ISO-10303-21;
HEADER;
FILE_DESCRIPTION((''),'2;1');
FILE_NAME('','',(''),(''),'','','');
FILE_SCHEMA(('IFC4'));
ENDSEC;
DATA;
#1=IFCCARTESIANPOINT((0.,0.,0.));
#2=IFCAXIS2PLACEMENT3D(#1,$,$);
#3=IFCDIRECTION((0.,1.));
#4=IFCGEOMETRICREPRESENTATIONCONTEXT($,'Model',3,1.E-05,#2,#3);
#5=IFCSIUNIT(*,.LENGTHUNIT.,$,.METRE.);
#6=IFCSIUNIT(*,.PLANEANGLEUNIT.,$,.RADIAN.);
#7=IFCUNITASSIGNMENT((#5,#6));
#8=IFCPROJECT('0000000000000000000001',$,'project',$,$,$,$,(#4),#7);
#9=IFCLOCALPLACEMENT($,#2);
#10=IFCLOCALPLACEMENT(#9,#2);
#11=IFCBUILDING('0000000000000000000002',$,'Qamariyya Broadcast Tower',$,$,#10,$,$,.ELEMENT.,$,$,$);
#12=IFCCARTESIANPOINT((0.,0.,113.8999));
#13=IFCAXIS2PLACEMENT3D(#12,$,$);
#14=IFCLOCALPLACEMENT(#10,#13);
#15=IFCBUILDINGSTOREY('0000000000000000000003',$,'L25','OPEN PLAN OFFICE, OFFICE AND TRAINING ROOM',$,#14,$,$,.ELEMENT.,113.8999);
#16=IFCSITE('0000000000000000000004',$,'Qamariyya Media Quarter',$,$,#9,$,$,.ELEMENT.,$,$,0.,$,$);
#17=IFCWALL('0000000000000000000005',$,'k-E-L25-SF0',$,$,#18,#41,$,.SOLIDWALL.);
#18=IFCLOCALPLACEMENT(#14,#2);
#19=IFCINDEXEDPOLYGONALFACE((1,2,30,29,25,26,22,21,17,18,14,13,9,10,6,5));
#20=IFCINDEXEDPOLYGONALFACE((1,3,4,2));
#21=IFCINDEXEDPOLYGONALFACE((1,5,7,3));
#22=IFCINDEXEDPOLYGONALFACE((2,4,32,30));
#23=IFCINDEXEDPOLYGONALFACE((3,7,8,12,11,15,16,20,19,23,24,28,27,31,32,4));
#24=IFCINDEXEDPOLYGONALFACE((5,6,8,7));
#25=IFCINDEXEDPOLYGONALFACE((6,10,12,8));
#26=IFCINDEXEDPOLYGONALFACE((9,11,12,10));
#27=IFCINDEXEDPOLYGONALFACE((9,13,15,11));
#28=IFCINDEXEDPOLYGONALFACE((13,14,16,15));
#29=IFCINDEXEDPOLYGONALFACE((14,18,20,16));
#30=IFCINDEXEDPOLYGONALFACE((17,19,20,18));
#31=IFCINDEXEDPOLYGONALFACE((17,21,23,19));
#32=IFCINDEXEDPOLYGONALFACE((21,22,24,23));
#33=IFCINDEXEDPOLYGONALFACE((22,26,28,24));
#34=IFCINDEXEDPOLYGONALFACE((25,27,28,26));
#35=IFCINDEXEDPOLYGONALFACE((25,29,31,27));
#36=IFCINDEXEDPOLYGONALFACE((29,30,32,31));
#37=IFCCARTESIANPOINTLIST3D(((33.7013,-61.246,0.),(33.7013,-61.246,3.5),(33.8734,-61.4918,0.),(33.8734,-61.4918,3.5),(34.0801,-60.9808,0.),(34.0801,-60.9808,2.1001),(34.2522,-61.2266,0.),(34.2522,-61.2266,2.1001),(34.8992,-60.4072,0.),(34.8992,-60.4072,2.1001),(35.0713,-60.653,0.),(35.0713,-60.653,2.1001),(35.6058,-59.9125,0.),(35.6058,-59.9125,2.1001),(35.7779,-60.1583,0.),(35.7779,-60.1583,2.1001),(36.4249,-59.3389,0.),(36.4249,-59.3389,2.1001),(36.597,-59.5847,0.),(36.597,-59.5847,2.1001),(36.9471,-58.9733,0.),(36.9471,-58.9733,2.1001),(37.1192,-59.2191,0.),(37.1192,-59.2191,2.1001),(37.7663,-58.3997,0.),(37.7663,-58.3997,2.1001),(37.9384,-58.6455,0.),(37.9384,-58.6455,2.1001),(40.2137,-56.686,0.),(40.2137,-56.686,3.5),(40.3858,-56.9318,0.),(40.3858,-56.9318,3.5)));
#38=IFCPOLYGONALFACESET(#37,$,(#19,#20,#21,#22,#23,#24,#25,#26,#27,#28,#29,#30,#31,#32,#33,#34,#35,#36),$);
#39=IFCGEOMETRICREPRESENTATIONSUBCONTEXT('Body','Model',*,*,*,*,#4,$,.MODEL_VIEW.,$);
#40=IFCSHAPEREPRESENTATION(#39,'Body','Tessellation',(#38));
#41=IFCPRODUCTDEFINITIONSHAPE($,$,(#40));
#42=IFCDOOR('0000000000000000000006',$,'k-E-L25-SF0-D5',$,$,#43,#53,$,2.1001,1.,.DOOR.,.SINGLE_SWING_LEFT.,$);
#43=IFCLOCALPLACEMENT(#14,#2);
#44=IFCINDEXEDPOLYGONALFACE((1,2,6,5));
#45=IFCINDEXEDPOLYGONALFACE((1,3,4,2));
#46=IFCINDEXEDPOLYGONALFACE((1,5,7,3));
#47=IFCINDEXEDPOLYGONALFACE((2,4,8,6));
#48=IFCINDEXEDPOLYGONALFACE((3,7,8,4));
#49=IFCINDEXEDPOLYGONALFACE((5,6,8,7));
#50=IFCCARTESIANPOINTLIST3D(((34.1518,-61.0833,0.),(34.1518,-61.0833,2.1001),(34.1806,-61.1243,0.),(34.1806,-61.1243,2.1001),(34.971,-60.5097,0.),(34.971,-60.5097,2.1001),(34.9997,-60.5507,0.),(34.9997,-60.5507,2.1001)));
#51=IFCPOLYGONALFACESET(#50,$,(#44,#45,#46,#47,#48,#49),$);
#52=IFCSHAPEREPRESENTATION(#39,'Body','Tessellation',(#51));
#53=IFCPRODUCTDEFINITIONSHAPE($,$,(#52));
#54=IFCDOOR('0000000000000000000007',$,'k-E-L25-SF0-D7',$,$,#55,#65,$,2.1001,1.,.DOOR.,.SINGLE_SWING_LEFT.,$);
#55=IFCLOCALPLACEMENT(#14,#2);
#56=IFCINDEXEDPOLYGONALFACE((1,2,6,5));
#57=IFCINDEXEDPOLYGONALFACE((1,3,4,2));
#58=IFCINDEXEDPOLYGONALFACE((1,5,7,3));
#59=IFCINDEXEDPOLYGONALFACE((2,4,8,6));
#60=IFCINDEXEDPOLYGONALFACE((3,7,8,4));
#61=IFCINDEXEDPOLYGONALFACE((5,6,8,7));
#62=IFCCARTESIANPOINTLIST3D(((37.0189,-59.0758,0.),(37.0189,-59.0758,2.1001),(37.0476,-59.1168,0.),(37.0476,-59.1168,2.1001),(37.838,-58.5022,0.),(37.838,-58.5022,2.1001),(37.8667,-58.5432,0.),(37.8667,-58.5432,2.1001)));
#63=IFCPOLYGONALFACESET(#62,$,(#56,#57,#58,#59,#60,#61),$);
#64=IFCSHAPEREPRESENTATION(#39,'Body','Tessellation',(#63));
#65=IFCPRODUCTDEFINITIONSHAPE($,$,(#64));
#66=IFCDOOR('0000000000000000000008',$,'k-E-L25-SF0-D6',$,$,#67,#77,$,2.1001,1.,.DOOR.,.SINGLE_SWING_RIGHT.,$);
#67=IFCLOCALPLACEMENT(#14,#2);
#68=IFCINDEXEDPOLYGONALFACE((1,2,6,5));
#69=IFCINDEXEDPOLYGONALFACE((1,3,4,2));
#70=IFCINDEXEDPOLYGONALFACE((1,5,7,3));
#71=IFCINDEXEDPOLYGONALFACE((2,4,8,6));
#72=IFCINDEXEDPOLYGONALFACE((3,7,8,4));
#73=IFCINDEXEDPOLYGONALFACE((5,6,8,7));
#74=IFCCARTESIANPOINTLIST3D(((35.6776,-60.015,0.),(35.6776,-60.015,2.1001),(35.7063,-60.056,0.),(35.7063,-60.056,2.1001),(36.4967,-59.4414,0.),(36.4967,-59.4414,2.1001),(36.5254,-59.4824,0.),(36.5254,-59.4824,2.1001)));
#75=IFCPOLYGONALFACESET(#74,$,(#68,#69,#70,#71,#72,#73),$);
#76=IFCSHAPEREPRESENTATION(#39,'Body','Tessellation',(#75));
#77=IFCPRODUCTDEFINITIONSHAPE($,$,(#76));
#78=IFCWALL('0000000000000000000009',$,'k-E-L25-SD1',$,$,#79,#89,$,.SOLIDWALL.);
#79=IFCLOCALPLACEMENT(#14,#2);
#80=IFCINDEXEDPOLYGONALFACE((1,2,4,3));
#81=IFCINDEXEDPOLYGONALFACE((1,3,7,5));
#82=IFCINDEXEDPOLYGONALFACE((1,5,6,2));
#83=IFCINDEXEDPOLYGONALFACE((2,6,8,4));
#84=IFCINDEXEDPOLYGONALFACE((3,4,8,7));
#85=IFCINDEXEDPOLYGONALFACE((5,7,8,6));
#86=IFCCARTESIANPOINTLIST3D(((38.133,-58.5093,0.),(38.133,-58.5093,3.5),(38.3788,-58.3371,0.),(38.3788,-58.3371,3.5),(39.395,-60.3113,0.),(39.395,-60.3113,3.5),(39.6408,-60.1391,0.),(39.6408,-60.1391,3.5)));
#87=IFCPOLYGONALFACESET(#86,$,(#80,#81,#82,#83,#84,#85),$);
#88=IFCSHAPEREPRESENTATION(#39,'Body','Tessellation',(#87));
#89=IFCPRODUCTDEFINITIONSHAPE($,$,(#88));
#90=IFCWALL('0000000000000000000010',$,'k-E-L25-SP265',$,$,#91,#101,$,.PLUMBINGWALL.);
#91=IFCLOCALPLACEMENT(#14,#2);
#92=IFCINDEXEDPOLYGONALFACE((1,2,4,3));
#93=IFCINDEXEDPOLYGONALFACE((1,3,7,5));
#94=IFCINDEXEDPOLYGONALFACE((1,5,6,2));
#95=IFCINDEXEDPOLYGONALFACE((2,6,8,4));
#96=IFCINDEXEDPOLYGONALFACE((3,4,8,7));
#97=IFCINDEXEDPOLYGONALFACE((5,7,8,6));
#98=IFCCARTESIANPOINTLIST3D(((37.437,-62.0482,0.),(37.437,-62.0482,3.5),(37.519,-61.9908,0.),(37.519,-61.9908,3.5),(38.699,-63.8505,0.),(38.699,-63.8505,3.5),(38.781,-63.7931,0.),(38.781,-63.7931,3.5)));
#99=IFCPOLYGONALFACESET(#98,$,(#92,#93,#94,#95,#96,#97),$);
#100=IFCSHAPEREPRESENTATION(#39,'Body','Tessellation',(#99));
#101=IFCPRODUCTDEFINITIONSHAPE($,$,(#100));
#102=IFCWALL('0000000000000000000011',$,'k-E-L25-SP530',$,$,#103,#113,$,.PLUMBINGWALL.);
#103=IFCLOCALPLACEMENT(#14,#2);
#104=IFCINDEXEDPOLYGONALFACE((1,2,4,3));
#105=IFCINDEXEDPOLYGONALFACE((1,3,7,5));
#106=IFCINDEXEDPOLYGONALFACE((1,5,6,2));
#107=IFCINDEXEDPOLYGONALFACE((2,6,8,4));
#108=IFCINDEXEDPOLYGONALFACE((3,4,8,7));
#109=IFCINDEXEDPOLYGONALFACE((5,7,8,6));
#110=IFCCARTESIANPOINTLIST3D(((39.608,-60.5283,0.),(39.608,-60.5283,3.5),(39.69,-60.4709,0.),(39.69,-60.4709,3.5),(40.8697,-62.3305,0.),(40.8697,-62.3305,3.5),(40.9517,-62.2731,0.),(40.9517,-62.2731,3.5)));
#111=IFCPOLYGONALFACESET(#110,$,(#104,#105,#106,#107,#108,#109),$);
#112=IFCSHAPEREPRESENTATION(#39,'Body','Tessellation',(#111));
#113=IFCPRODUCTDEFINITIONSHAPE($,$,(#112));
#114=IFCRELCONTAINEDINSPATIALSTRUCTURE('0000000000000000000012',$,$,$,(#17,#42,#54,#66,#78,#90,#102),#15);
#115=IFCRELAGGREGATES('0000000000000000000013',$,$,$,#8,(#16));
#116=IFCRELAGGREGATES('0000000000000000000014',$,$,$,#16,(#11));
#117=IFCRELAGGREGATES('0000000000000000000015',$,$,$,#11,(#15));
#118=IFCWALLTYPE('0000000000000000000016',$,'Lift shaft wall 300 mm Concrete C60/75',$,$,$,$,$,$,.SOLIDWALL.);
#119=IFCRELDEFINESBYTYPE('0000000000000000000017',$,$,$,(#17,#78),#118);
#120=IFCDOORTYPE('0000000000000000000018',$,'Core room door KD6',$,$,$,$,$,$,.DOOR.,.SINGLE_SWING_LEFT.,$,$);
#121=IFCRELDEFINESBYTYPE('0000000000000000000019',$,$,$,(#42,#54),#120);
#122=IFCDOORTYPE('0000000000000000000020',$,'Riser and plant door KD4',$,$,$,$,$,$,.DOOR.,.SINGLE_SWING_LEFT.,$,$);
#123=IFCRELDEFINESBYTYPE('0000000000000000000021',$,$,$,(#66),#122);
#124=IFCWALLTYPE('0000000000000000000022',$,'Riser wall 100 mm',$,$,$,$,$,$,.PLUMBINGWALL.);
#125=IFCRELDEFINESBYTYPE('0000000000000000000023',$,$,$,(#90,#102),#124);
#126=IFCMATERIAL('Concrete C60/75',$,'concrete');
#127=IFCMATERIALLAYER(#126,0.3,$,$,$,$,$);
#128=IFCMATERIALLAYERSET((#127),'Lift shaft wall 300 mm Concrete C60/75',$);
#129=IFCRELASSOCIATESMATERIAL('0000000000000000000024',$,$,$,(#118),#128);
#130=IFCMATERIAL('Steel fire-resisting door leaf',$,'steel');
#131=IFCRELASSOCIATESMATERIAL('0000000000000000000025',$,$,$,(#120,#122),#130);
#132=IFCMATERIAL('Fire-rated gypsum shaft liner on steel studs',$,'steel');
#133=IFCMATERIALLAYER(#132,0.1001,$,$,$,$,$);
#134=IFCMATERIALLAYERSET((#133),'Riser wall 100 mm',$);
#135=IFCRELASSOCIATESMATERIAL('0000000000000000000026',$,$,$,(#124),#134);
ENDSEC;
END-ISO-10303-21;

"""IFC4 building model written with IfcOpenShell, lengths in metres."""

from ifc_helpers import new_model, si_unit, direction, frame, frame_2d, origin, place, context, subcontext, project, spatial, rectangle, extrude, material, layer, layer_set, type_object, element, fill, save


model = new_model("IFC4")

# Units and contexts
model_context = context("Model", 3, precision=1e-05, world=origin(), true_north=direction((0.0, 1.0)))
body_context = subcontext(model_context, "Body", "Model", "MODEL_VIEW")
ifc_project = project(units=[si_unit("LENGTHUNIT", "METRE"), si_unit("PLANEANGLEUNIT", "RADIAN")], contexts=[model_context])

# Site, building, storey
site_placement = place(None, origin())
site = spatial("IfcSite", under=ifc_project, at=site_placement, Name="Qamariyya Media Quarter", CompositionType="ELEMENT", RefElevation=0.0)
building_placement = place(site_placement, origin())
building = spatial("IfcBuilding", under=site, at=building_placement, Name="Qamariyya Broadcast Tower", CompositionType="ELEMENT")
storey_placement = place(building_placement, frame((0.0, 0.0, 113.8999)))
storey = spatial("IfcBuildingStorey", under=building, at=storey_placement, Name="L25", Description="OPEN PLAN OFFICE, OFFICE AND TRAINING ROOM", CompositionType="ELEMENT", Elevation=113.8999)

# Shared definitions
ifc_material_1 = material(Name="Concrete C60/75", Category="concrete")
ifc_layer_1 = layer(ifc_material_1, 0.3)
ifc_layer_set_1 = layer_set([ifc_layer_1], Name="Lift shaft wall 300 mm Concrete C60/75")
wall_type_1 = type_object("IfcWallType", Name="Lift shaft wall 300 mm Concrete C60/75", PredefinedType="SOLIDWALL", material=ifc_layer_set_1)
ifc_material_2 = material(Name="Steel fire-resisting door leaf", Category="steel")

# Wall, openings, doors
wall_1_placement = place(storey_placement, frame((33.7874, -61.3689, 0.0), z_axis=(0.0, 0.0, 1.0), x_axis=(0.819153, 0.573576, 0.0)))
wall_1 = element("IfcWall", 1, at=wall_1_placement, inside=storey, type_object=wall_type_1, Name="k-E-L25-SF0", PredefinedType="SOLIDWALL", context=body_context, shape_type="SweptSolid", body=[
    extrude(rectangle(XDim=7.9502, YDim=0.3, at=frame_2d((3.9751, 0.0))), origin(), (0.0, 0.0, 1.0), 3.5),
])
opening_1_placement = place(wall_1_placement, frame((0.4624, 0.0, 0.0)))
opening_1 = element("IfcOpeningElement", 2, at=opening_1_placement, cuts=wall_1, PredefinedType="OPENING", context=body_context, shape_type="SweptSolid", body=[
    extrude(rectangle(XDim=1.0, YDim=2.1001, at=frame_2d((0.5, 1.05))), frame((0.0, 0.1599, 0.0), z_axis=(0.0, -1.0, 0.0), x_axis=(1.0, 0.0, 0.0)), (0.0, 0.0, 1.0), 0.3201),
])
opening_2_placement = place(wall_1_placement, frame((2.325, 0.0, 0.0)))
opening_2 = element("IfcOpeningElement", 3, at=opening_2_placement, cuts=wall_1, PredefinedType="OPENING", context=body_context, shape_type="SweptSolid", body=[
    extrude(rectangle(XDim=1.0, YDim=2.1001, at=frame_2d((0.5, 1.05))), frame((0.0, 0.1599, 0.0), z_axis=(0.0, -1.0, 0.0), x_axis=(1.0, 0.0, 0.0)), (0.0, 0.0, 1.0), 0.3201),
])
opening_3_placement = place(wall_1_placement, frame((3.9624, 0.0, 0.0)))
opening_3 = element("IfcOpeningElement", 4, at=opening_3_placement, cuts=wall_1, PredefinedType="OPENING", context=body_context, shape_type="SweptSolid", body=[
    extrude(rectangle(XDim=1.0, YDim=2.1001, at=frame_2d((0.5, 1.05))), frame((0.0, 0.1599, 0.0), z_axis=(0.0, -1.0, 0.0), x_axis=(1.0, 0.0, 0.0)), (0.0, 0.0, 1.0), 0.3201),
])
door_type_1 = type_object("IfcDoorType", Name="Core room door KD6", OperationType="SINGLE_SWING_LEFT", PredefinedType="DOOR", material=ifc_material_2)
door_1_placement = place(opening_1_placement, origin())
door_1 = element("IfcDoor", 5, at=door_1_placement, inside=storey, type_object=door_type_1, Name="k-E-L25-SF0-D5", OperationType="SINGLE_SWING_LEFT", OverallHeight=2.1001, OverallWidth=1.0, PredefinedType="DOOR", context=body_context, shape_type="SweptSolid", body=[
    extrude(rectangle(XDim=1.0, YDim=2.1001, at=frame_2d((0.5, 1.05))), frame((0.0, 0.0249, 0.0), z_axis=(0.0, -1.0, 0.0), x_axis=(1.0, 0.0, 0.0)), (0.0, 0.0, 1.0), 0.05),
])
fill(opening_1, door_1)
door_2_placement = place(opening_3_placement, origin())
door_2 = element("IfcDoor", 6, at=door_2_placement, inside=storey, type_object=door_type_1, Name="k-E-L25-SF0-D7", OperationType="SINGLE_SWING_LEFT", OverallHeight=2.1001, OverallWidth=1.0, PredefinedType="DOOR", context=body_context, shape_type="SweptSolid", body=[
    extrude(rectangle(XDim=1.0, YDim=2.1001, at=frame_2d((0.5, 1.05))), frame((0.0, 0.0249, 0.0), z_axis=(0.0, -1.0, 0.0), x_axis=(1.0, 0.0, 0.0)), (0.0, 0.0, 1.0), 0.05),
])
fill(opening_3, door_2)
door_type_2 = type_object("IfcDoorType", Name="Riser and plant door KD4", OperationType="SINGLE_SWING_LEFT", PredefinedType="DOOR", material=ifc_material_2)
door_3_placement = place(opening_2_placement, origin())
door_3 = element("IfcDoor", 7, at=door_3_placement, inside=storey, type_object=door_type_2, Name="k-E-L25-SF0-D6", OperationType="SINGLE_SWING_RIGHT", OverallHeight=2.1001, OverallWidth=1.0, PredefinedType="DOOR", context=body_context, shape_type="SweptSolid", body=[
    extrude(rectangle(XDim=1.0, YDim=2.1001, at=frame_2d((0.5, 1.05))), frame((0.0, 0.0249, 0.0), z_axis=(0.0, -1.0, 0.0), x_axis=(1.0, 0.0, 0.0)), (0.0, 0.0, 1.0), 0.05),
])
fill(opening_2, door_3)

# Walls
wall_2_placement = place(storey_placement, frame((38.2559, -58.4231, 0.0), z_axis=(0.0, 0.0, 1.0), x_axis=(0.573634, -0.819112, 0.0)))
element("IfcWall", 8, at=wall_2_placement, inside=storey, type_object=wall_type_1, Name="k-E-L25-SD1", PredefinedType="SOLIDWALL", context=body_context, shape_type="SweptSolid", body=[
    extrude(rectangle(XDim=2.2, YDim=0.3, at=frame_2d((1.1001, 0.0))), origin(), (0.0, 0.0, 1.0), 3.5),
])
ifc_material_3 = material(Name="Fire-rated gypsum shaft liner on steel studs", Category="steel")
ifc_layer_2 = layer(ifc_material_3, 0.1001)
ifc_layer_set_2 = layer_set([ifc_layer_2], Name="Riser wall 100 mm")
wall_type_2 = type_object("IfcWallType", Name="Riser wall 100 mm", PredefinedType="PLUMBINGWALL", material=ifc_layer_set_2)
wall_3_placement = place(storey_placement, frame((37.478, -62.0195, 0.0), z_axis=(0.0, 0.0, 1.0), x_axis=(0.573581, -0.819149, 0.0)))
element("IfcWall", 9, at=wall_3_placement, inside=storey, type_object=wall_type_2, Name="k-E-L25-SP265", PredefinedType="PLUMBINGWALL", context=body_context, shape_type="SweptSolid", body=[
    extrude(rectangle(XDim=2.2002, YDim=0.1001, at=frame_2d((1.1001, 0.0))), origin(), (0.0, 0.0, 1.0), 3.5),
])
wall_4_placement = place(storey_placement, frame((39.6489, -60.4995, 0.0), z_axis=(0.0, 0.0, 1.0), x_axis=(0.573507, -0.819201, 0.0)))
element("IfcWall", 10, at=wall_4_placement, inside=storey, type_object=wall_type_2, Name="k-E-L25-SP530", PredefinedType="PLUMBINGWALL", context=body_context, shape_type="SweptSolid", body=[
    extrude(rectangle(XDim=2.2, YDim=0.1001, at=frame_2d((1.1001, 0.0))), origin(), (0.0, 0.0, 1.0), 3.5),
])

save(model, "model.ifc")
